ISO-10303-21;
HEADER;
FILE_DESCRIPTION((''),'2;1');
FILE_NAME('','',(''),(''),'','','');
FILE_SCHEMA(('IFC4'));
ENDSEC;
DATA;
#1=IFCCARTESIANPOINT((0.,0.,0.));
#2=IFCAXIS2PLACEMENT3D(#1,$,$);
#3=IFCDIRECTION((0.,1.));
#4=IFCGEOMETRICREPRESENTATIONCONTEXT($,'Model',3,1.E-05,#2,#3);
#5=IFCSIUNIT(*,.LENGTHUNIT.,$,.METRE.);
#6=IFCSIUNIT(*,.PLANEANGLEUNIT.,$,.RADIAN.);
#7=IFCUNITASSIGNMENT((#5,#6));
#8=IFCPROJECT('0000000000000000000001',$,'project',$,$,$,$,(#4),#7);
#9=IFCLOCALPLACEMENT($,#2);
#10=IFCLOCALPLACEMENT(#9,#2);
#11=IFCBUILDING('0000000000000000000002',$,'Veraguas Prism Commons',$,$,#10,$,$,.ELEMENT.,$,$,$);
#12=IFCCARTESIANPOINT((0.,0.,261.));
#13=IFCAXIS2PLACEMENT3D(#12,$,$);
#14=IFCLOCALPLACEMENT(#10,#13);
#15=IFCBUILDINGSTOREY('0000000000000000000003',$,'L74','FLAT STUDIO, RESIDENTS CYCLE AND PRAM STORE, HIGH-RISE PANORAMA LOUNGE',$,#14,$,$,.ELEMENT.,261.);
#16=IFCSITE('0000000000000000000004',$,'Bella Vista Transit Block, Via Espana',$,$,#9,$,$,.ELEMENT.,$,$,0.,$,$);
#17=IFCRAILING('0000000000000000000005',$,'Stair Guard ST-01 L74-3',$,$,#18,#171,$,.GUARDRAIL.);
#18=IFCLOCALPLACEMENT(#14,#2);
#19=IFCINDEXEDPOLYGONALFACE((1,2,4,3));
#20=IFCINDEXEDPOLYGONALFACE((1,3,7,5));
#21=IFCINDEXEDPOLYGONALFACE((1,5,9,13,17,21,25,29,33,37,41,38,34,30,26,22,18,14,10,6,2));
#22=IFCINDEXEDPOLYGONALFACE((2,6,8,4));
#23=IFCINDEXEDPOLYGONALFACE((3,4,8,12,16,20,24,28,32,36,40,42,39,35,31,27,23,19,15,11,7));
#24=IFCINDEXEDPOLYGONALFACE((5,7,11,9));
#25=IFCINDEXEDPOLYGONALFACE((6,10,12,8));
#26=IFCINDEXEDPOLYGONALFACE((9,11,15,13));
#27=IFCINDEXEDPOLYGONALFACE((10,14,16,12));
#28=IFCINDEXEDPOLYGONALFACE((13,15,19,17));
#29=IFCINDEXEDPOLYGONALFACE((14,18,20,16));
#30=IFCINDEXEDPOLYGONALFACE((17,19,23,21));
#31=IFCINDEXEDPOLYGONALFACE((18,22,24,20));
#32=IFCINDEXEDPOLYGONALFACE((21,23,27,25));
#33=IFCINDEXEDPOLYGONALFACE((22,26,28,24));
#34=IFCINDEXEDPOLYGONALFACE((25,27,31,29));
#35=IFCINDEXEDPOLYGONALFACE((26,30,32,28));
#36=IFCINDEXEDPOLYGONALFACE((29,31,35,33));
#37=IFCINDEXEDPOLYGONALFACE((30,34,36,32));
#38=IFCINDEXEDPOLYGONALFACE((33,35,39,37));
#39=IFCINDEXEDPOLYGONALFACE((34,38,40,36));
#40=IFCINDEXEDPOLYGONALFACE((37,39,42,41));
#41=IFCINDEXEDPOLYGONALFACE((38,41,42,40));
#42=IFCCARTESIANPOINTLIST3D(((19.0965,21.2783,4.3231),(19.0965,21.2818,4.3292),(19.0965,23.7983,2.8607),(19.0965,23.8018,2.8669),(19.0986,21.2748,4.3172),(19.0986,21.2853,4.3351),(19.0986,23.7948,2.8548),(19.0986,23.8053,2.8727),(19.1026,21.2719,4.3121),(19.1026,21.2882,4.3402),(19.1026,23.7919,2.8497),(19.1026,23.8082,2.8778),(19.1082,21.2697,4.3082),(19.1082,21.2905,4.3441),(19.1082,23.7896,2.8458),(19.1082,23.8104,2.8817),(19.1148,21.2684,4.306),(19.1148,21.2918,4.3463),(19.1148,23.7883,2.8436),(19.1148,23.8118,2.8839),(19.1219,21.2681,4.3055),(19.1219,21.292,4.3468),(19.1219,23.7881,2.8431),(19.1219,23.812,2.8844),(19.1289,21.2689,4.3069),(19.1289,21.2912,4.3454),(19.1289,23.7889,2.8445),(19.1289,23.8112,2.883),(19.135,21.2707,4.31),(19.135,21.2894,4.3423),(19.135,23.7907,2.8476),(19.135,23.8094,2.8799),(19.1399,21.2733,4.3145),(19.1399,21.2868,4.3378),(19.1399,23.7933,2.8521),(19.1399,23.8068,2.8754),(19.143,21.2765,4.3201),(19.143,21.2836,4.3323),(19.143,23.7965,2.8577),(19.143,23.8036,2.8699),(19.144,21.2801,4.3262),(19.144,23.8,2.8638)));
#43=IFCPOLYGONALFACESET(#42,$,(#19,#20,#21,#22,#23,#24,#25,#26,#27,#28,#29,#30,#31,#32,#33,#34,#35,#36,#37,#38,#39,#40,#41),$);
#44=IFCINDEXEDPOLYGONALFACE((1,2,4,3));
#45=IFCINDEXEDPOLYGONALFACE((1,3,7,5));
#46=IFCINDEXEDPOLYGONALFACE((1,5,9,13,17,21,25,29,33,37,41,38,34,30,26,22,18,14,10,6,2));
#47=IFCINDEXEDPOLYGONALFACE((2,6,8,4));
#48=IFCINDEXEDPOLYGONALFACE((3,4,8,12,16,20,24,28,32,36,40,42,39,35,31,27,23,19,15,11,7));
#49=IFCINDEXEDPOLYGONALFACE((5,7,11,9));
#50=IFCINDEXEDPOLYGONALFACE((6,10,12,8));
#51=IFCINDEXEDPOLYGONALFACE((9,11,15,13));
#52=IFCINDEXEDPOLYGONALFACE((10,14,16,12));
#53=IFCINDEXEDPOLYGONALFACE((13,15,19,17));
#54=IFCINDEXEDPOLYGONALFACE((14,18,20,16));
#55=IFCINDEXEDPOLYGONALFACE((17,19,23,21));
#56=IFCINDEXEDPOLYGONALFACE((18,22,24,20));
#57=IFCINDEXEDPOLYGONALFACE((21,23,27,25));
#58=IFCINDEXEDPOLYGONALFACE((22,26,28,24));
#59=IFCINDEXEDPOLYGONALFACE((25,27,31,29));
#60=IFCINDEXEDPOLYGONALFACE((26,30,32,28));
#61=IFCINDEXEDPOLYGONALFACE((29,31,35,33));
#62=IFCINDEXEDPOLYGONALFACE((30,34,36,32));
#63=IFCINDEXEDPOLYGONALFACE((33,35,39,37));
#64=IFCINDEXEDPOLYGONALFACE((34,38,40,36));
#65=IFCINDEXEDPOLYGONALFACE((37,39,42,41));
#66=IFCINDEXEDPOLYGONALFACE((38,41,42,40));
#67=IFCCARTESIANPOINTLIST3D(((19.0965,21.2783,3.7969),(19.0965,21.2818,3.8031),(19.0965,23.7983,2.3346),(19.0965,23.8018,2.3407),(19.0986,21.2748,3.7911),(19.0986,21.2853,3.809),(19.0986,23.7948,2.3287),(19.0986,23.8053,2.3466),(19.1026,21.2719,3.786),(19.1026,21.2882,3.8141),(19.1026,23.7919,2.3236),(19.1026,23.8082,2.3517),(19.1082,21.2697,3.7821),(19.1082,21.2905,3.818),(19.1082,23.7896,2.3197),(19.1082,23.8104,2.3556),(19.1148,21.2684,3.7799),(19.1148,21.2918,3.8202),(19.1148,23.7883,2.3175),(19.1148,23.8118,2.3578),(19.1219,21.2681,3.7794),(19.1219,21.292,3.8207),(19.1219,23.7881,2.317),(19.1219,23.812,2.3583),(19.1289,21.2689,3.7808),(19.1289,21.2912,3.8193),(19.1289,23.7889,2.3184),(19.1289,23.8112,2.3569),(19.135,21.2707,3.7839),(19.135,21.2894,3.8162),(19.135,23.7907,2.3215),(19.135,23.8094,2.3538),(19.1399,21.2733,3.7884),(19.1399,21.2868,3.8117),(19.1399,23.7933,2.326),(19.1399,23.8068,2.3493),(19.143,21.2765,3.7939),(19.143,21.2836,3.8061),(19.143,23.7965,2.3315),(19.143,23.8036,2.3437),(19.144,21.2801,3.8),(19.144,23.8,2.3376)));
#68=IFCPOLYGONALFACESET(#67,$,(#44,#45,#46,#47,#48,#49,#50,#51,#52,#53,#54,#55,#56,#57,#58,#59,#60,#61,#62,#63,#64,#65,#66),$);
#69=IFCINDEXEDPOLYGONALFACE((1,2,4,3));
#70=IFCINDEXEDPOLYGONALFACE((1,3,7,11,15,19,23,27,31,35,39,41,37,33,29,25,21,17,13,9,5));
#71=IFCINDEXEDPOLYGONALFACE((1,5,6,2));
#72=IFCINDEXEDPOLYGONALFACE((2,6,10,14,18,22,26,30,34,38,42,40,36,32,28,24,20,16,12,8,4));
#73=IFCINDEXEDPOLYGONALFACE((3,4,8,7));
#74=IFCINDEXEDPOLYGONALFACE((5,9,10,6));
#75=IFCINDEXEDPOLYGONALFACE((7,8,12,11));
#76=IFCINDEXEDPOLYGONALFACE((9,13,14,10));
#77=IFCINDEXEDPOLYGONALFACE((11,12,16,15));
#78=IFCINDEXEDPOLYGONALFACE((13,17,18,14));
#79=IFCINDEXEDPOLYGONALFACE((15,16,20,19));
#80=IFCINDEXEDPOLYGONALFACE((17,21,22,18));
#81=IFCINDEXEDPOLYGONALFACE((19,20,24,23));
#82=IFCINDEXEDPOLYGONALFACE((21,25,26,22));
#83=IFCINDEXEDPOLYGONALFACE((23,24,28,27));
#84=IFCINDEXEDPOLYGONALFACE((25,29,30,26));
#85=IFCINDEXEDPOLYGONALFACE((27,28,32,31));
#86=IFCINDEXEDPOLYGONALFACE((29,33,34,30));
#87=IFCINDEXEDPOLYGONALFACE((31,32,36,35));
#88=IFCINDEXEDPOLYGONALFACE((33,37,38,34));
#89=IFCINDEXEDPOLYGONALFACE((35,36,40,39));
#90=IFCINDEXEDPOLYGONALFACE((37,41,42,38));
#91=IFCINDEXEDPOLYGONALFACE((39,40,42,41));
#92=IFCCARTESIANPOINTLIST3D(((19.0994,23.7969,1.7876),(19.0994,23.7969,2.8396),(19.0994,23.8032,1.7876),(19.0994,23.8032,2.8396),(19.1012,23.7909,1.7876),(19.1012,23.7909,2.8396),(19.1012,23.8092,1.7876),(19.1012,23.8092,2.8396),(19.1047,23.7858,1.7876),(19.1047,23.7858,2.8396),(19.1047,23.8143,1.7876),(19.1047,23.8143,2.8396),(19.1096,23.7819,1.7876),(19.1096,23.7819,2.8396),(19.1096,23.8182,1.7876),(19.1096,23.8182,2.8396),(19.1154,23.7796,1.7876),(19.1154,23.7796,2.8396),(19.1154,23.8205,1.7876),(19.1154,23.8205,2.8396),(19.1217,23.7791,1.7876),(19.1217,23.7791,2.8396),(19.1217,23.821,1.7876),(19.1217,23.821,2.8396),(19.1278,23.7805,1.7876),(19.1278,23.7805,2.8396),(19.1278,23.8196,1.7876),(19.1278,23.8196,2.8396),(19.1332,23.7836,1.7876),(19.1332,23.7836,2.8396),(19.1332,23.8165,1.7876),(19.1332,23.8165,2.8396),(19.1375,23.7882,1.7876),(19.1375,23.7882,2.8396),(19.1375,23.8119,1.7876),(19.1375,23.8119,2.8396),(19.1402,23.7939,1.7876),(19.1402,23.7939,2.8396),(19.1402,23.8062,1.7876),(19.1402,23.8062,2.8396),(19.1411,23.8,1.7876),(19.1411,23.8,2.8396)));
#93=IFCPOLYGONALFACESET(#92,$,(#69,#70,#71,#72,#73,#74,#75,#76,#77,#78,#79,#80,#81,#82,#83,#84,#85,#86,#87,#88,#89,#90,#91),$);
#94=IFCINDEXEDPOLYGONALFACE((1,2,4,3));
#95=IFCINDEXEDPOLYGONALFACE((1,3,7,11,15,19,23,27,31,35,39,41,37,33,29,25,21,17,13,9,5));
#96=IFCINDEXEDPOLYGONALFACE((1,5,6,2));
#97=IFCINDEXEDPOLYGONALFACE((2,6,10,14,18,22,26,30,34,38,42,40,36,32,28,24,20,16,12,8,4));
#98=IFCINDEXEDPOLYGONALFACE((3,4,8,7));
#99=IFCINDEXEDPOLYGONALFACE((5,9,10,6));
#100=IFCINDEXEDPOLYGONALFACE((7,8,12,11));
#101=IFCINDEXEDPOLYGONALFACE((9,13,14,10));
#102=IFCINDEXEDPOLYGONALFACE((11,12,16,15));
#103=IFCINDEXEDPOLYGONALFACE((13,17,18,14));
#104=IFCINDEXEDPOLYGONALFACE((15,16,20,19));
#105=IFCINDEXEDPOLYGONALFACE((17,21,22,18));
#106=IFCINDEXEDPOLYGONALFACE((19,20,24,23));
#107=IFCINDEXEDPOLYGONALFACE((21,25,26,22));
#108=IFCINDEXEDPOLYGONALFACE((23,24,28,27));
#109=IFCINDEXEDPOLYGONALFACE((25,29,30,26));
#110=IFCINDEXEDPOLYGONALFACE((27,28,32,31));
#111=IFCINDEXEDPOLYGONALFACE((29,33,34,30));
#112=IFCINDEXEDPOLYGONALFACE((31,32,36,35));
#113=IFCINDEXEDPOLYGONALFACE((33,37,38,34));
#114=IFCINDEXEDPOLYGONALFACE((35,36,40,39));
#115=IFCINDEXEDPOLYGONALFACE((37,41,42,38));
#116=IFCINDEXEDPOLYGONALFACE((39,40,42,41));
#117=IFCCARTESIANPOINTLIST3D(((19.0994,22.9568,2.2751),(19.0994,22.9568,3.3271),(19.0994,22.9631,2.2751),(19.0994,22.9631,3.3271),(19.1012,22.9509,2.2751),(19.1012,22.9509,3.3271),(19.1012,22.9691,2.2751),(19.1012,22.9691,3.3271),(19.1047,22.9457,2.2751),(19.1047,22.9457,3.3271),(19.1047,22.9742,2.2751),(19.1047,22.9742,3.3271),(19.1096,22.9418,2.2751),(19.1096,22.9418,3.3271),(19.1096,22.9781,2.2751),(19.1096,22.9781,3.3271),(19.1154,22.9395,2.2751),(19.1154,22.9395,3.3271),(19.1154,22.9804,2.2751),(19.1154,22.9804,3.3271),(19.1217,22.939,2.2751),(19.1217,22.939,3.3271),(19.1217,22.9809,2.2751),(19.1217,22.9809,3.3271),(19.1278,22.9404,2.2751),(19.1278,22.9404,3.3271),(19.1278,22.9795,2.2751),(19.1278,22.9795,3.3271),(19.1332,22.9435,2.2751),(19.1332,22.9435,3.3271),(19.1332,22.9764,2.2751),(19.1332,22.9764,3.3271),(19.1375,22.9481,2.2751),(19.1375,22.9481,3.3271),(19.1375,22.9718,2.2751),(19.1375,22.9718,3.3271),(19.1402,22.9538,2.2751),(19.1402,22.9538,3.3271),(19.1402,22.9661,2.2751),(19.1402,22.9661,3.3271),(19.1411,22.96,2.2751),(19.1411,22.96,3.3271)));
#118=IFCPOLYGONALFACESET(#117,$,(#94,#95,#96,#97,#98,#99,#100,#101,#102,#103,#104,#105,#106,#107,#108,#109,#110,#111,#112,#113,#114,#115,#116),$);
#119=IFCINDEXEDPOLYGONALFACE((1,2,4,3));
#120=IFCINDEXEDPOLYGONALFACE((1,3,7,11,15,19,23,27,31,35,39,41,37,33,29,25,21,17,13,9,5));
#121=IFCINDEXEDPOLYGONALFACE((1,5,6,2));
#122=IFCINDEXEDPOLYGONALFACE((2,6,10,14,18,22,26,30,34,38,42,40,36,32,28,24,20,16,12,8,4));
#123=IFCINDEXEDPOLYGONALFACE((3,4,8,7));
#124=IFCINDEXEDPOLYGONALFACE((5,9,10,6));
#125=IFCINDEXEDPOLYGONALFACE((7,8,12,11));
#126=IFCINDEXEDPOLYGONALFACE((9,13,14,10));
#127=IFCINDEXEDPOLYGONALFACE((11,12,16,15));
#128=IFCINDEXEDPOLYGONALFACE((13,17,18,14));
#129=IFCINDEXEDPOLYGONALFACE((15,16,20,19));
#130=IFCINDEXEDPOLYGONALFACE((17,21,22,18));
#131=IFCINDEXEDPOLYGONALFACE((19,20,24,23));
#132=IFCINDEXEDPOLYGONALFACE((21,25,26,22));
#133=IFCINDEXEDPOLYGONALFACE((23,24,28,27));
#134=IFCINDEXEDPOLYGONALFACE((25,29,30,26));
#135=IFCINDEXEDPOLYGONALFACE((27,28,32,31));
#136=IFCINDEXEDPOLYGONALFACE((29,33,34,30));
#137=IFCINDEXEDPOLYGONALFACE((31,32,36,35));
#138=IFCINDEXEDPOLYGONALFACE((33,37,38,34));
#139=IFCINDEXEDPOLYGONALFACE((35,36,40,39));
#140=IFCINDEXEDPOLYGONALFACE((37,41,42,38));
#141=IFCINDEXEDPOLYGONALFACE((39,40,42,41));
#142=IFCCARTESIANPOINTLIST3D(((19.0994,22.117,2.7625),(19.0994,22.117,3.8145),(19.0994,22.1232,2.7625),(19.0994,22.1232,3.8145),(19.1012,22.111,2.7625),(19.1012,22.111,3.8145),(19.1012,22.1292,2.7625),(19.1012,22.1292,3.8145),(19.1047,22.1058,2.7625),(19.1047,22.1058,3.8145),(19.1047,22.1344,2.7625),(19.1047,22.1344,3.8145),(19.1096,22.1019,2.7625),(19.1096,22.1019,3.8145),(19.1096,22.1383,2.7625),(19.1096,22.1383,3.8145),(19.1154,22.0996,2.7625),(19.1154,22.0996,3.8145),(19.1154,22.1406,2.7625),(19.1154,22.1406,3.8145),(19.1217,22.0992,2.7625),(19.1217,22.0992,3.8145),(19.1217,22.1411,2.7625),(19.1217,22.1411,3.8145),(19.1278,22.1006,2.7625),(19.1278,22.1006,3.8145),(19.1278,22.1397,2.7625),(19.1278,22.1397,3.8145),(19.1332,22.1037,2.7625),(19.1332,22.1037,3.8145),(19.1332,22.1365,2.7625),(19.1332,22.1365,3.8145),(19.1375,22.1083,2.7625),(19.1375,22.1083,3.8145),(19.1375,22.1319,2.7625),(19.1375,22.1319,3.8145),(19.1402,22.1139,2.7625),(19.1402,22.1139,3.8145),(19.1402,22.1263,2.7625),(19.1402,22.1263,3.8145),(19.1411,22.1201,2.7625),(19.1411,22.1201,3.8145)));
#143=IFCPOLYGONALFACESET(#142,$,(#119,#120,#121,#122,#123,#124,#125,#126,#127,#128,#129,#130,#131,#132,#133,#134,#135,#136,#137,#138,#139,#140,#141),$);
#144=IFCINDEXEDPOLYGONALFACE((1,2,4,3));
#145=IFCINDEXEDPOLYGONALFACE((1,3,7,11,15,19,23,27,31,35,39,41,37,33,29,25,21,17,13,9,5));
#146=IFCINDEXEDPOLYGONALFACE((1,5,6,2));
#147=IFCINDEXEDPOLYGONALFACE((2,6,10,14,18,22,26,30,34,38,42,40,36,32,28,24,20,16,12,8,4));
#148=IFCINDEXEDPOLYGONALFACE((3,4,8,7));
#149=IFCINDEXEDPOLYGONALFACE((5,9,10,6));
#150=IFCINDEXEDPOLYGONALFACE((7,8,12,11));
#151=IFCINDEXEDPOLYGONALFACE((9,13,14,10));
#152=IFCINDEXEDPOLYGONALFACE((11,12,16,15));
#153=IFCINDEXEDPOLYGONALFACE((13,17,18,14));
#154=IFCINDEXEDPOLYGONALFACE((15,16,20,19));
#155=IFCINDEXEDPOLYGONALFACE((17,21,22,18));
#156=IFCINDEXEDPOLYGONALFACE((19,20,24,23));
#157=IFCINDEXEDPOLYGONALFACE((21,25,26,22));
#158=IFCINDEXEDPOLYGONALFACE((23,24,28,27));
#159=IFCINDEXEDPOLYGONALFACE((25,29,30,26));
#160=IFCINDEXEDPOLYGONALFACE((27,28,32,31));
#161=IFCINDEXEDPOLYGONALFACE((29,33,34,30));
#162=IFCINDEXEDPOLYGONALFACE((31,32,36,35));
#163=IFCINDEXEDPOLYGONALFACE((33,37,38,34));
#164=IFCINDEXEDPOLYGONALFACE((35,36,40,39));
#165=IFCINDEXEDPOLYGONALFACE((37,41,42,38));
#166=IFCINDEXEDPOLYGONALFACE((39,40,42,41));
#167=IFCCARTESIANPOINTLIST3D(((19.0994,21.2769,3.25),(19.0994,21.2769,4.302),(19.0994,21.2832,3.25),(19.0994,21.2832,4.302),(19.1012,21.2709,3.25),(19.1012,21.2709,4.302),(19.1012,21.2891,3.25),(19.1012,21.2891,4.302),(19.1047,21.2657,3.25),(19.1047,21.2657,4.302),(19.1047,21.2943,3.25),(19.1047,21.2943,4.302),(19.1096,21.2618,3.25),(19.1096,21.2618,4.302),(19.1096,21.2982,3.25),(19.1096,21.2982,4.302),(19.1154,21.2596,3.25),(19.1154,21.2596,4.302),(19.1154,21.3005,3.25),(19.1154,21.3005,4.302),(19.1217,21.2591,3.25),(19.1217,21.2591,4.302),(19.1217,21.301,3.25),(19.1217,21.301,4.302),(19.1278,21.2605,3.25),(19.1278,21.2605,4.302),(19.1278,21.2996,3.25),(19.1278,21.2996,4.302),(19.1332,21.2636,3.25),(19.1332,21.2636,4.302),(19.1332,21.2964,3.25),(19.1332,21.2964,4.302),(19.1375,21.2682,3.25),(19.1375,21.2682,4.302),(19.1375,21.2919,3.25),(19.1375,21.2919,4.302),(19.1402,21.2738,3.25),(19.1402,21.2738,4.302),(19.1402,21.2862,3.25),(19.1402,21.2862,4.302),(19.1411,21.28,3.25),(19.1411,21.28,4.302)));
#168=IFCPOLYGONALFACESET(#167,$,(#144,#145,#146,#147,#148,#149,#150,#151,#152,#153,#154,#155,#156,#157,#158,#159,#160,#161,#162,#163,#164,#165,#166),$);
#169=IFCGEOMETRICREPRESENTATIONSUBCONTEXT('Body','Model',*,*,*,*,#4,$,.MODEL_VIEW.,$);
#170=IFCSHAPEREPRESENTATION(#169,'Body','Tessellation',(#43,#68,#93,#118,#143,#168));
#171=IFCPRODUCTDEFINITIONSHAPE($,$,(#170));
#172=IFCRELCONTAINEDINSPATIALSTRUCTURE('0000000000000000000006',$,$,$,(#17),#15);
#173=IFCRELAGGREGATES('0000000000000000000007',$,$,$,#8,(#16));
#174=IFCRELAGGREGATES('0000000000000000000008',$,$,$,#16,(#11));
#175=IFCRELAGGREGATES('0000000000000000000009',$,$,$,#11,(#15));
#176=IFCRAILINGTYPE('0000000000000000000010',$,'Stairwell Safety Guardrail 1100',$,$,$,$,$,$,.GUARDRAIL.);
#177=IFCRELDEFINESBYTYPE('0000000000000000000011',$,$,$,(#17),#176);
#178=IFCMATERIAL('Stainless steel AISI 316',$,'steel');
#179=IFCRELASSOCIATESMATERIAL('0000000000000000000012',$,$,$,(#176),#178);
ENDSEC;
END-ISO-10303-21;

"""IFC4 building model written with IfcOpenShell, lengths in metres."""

from ifc_helpers import new_model, si_unit, direction, frame, origin, origin_2d, place, context, subcontext, project, spatial, circle, extrude, material, type_object, element, save


model = new_model("IFC4")

# Units and contexts
model_context = context("Model", 3, precision=1e-05, world=origin(), true_north=direction((0.0, 1.0)))
body_context = subcontext(model_context, "Body", "Model", "MODEL_VIEW")
ifc_project = project(units=[si_unit("LENGTHUNIT", "METRE"), si_unit("PLANEANGLEUNIT", "RADIAN")], contexts=[model_context])

# Site, building, storey
site_placement = place(None, origin())
site = spatial("IfcSite", under=ifc_project, at=site_placement, Name="Bella Vista Transit Block, Via Espana", CompositionType="ELEMENT", RefElevation=0.0)
building_placement = place(site_placement, origin())
building = spatial("IfcBuilding", under=site, at=building_placement, Name="Veraguas Prism Commons", CompositionType="ELEMENT")
storey_placement = place(building_placement, frame((0.0, 0.0, 261.0)))
storey = spatial("IfcBuildingStorey", under=building, at=storey_placement, Name="L74", Description="FLAT STUDIO, RESIDENTS CYCLE AND PRAM STORE, HIGH-RISE PANORAMA LOUNGE", CompositionType="ELEMENT", Elevation=261.0)

# Railing
ifc_material_1 = material(Name="Stainless steel AISI 316", Category="steel")
railing_type_1 = type_object("IfcRailingType", Name="Stairwell Safety Guardrail 1100", PredefinedType="GUARDRAIL", material=ifc_material_1)
railing_1_placement = place(storey_placement, frame((19.1201, 23.8, 1.7876)))
element("IfcRailing", 1, at=railing_1_placement, inside=storey, type_object=railing_type_1, Name="Stair Guard ST-01 L74-3", PredefinedType="GUARDRAIL", context=body_context, shape_type="SweptSolid", body=[
    extrude(circle(Radius=0.0239, at=origin_2d()), frame((0.0, 0.0, 1.0762), z_axis=(0.0, -0.864913, 0.501921), x_axis=(1.0, 0.0, 0.0)), (0.0, 0.0, 1.0), 2.9136),
    extrude(circle(Radius=0.0239, at=origin_2d()), frame((0.0, 0.0, 0.55), z_axis=(0.0, -0.864913, 0.501921), x_axis=(1.0, 0.0, 0.0)), (0.0, 0.0, 1.0), 2.9136),
    extrude(circle(Radius=0.021, at=origin_2d()), origin(), (0.0, 0.0, 1.0), 1.052),
    extrude(circle(Radius=0.021, at=origin_2d()), frame((0.0, -0.8401, 0.4875)), (0.0, 0.0, 1.0), 1.052),
    extrude(circle(Radius=0.021, at=origin_2d()), frame((0.0, -1.6799, 0.9749)), (0.0, 0.0, 1.0), 1.052),
    extrude(circle(Radius=0.021, at=origin_2d()), frame((0.0, -2.52, 1.4624)), (0.0, 0.0, 1.0), 1.052),
])

save(model, "model.ifc")
